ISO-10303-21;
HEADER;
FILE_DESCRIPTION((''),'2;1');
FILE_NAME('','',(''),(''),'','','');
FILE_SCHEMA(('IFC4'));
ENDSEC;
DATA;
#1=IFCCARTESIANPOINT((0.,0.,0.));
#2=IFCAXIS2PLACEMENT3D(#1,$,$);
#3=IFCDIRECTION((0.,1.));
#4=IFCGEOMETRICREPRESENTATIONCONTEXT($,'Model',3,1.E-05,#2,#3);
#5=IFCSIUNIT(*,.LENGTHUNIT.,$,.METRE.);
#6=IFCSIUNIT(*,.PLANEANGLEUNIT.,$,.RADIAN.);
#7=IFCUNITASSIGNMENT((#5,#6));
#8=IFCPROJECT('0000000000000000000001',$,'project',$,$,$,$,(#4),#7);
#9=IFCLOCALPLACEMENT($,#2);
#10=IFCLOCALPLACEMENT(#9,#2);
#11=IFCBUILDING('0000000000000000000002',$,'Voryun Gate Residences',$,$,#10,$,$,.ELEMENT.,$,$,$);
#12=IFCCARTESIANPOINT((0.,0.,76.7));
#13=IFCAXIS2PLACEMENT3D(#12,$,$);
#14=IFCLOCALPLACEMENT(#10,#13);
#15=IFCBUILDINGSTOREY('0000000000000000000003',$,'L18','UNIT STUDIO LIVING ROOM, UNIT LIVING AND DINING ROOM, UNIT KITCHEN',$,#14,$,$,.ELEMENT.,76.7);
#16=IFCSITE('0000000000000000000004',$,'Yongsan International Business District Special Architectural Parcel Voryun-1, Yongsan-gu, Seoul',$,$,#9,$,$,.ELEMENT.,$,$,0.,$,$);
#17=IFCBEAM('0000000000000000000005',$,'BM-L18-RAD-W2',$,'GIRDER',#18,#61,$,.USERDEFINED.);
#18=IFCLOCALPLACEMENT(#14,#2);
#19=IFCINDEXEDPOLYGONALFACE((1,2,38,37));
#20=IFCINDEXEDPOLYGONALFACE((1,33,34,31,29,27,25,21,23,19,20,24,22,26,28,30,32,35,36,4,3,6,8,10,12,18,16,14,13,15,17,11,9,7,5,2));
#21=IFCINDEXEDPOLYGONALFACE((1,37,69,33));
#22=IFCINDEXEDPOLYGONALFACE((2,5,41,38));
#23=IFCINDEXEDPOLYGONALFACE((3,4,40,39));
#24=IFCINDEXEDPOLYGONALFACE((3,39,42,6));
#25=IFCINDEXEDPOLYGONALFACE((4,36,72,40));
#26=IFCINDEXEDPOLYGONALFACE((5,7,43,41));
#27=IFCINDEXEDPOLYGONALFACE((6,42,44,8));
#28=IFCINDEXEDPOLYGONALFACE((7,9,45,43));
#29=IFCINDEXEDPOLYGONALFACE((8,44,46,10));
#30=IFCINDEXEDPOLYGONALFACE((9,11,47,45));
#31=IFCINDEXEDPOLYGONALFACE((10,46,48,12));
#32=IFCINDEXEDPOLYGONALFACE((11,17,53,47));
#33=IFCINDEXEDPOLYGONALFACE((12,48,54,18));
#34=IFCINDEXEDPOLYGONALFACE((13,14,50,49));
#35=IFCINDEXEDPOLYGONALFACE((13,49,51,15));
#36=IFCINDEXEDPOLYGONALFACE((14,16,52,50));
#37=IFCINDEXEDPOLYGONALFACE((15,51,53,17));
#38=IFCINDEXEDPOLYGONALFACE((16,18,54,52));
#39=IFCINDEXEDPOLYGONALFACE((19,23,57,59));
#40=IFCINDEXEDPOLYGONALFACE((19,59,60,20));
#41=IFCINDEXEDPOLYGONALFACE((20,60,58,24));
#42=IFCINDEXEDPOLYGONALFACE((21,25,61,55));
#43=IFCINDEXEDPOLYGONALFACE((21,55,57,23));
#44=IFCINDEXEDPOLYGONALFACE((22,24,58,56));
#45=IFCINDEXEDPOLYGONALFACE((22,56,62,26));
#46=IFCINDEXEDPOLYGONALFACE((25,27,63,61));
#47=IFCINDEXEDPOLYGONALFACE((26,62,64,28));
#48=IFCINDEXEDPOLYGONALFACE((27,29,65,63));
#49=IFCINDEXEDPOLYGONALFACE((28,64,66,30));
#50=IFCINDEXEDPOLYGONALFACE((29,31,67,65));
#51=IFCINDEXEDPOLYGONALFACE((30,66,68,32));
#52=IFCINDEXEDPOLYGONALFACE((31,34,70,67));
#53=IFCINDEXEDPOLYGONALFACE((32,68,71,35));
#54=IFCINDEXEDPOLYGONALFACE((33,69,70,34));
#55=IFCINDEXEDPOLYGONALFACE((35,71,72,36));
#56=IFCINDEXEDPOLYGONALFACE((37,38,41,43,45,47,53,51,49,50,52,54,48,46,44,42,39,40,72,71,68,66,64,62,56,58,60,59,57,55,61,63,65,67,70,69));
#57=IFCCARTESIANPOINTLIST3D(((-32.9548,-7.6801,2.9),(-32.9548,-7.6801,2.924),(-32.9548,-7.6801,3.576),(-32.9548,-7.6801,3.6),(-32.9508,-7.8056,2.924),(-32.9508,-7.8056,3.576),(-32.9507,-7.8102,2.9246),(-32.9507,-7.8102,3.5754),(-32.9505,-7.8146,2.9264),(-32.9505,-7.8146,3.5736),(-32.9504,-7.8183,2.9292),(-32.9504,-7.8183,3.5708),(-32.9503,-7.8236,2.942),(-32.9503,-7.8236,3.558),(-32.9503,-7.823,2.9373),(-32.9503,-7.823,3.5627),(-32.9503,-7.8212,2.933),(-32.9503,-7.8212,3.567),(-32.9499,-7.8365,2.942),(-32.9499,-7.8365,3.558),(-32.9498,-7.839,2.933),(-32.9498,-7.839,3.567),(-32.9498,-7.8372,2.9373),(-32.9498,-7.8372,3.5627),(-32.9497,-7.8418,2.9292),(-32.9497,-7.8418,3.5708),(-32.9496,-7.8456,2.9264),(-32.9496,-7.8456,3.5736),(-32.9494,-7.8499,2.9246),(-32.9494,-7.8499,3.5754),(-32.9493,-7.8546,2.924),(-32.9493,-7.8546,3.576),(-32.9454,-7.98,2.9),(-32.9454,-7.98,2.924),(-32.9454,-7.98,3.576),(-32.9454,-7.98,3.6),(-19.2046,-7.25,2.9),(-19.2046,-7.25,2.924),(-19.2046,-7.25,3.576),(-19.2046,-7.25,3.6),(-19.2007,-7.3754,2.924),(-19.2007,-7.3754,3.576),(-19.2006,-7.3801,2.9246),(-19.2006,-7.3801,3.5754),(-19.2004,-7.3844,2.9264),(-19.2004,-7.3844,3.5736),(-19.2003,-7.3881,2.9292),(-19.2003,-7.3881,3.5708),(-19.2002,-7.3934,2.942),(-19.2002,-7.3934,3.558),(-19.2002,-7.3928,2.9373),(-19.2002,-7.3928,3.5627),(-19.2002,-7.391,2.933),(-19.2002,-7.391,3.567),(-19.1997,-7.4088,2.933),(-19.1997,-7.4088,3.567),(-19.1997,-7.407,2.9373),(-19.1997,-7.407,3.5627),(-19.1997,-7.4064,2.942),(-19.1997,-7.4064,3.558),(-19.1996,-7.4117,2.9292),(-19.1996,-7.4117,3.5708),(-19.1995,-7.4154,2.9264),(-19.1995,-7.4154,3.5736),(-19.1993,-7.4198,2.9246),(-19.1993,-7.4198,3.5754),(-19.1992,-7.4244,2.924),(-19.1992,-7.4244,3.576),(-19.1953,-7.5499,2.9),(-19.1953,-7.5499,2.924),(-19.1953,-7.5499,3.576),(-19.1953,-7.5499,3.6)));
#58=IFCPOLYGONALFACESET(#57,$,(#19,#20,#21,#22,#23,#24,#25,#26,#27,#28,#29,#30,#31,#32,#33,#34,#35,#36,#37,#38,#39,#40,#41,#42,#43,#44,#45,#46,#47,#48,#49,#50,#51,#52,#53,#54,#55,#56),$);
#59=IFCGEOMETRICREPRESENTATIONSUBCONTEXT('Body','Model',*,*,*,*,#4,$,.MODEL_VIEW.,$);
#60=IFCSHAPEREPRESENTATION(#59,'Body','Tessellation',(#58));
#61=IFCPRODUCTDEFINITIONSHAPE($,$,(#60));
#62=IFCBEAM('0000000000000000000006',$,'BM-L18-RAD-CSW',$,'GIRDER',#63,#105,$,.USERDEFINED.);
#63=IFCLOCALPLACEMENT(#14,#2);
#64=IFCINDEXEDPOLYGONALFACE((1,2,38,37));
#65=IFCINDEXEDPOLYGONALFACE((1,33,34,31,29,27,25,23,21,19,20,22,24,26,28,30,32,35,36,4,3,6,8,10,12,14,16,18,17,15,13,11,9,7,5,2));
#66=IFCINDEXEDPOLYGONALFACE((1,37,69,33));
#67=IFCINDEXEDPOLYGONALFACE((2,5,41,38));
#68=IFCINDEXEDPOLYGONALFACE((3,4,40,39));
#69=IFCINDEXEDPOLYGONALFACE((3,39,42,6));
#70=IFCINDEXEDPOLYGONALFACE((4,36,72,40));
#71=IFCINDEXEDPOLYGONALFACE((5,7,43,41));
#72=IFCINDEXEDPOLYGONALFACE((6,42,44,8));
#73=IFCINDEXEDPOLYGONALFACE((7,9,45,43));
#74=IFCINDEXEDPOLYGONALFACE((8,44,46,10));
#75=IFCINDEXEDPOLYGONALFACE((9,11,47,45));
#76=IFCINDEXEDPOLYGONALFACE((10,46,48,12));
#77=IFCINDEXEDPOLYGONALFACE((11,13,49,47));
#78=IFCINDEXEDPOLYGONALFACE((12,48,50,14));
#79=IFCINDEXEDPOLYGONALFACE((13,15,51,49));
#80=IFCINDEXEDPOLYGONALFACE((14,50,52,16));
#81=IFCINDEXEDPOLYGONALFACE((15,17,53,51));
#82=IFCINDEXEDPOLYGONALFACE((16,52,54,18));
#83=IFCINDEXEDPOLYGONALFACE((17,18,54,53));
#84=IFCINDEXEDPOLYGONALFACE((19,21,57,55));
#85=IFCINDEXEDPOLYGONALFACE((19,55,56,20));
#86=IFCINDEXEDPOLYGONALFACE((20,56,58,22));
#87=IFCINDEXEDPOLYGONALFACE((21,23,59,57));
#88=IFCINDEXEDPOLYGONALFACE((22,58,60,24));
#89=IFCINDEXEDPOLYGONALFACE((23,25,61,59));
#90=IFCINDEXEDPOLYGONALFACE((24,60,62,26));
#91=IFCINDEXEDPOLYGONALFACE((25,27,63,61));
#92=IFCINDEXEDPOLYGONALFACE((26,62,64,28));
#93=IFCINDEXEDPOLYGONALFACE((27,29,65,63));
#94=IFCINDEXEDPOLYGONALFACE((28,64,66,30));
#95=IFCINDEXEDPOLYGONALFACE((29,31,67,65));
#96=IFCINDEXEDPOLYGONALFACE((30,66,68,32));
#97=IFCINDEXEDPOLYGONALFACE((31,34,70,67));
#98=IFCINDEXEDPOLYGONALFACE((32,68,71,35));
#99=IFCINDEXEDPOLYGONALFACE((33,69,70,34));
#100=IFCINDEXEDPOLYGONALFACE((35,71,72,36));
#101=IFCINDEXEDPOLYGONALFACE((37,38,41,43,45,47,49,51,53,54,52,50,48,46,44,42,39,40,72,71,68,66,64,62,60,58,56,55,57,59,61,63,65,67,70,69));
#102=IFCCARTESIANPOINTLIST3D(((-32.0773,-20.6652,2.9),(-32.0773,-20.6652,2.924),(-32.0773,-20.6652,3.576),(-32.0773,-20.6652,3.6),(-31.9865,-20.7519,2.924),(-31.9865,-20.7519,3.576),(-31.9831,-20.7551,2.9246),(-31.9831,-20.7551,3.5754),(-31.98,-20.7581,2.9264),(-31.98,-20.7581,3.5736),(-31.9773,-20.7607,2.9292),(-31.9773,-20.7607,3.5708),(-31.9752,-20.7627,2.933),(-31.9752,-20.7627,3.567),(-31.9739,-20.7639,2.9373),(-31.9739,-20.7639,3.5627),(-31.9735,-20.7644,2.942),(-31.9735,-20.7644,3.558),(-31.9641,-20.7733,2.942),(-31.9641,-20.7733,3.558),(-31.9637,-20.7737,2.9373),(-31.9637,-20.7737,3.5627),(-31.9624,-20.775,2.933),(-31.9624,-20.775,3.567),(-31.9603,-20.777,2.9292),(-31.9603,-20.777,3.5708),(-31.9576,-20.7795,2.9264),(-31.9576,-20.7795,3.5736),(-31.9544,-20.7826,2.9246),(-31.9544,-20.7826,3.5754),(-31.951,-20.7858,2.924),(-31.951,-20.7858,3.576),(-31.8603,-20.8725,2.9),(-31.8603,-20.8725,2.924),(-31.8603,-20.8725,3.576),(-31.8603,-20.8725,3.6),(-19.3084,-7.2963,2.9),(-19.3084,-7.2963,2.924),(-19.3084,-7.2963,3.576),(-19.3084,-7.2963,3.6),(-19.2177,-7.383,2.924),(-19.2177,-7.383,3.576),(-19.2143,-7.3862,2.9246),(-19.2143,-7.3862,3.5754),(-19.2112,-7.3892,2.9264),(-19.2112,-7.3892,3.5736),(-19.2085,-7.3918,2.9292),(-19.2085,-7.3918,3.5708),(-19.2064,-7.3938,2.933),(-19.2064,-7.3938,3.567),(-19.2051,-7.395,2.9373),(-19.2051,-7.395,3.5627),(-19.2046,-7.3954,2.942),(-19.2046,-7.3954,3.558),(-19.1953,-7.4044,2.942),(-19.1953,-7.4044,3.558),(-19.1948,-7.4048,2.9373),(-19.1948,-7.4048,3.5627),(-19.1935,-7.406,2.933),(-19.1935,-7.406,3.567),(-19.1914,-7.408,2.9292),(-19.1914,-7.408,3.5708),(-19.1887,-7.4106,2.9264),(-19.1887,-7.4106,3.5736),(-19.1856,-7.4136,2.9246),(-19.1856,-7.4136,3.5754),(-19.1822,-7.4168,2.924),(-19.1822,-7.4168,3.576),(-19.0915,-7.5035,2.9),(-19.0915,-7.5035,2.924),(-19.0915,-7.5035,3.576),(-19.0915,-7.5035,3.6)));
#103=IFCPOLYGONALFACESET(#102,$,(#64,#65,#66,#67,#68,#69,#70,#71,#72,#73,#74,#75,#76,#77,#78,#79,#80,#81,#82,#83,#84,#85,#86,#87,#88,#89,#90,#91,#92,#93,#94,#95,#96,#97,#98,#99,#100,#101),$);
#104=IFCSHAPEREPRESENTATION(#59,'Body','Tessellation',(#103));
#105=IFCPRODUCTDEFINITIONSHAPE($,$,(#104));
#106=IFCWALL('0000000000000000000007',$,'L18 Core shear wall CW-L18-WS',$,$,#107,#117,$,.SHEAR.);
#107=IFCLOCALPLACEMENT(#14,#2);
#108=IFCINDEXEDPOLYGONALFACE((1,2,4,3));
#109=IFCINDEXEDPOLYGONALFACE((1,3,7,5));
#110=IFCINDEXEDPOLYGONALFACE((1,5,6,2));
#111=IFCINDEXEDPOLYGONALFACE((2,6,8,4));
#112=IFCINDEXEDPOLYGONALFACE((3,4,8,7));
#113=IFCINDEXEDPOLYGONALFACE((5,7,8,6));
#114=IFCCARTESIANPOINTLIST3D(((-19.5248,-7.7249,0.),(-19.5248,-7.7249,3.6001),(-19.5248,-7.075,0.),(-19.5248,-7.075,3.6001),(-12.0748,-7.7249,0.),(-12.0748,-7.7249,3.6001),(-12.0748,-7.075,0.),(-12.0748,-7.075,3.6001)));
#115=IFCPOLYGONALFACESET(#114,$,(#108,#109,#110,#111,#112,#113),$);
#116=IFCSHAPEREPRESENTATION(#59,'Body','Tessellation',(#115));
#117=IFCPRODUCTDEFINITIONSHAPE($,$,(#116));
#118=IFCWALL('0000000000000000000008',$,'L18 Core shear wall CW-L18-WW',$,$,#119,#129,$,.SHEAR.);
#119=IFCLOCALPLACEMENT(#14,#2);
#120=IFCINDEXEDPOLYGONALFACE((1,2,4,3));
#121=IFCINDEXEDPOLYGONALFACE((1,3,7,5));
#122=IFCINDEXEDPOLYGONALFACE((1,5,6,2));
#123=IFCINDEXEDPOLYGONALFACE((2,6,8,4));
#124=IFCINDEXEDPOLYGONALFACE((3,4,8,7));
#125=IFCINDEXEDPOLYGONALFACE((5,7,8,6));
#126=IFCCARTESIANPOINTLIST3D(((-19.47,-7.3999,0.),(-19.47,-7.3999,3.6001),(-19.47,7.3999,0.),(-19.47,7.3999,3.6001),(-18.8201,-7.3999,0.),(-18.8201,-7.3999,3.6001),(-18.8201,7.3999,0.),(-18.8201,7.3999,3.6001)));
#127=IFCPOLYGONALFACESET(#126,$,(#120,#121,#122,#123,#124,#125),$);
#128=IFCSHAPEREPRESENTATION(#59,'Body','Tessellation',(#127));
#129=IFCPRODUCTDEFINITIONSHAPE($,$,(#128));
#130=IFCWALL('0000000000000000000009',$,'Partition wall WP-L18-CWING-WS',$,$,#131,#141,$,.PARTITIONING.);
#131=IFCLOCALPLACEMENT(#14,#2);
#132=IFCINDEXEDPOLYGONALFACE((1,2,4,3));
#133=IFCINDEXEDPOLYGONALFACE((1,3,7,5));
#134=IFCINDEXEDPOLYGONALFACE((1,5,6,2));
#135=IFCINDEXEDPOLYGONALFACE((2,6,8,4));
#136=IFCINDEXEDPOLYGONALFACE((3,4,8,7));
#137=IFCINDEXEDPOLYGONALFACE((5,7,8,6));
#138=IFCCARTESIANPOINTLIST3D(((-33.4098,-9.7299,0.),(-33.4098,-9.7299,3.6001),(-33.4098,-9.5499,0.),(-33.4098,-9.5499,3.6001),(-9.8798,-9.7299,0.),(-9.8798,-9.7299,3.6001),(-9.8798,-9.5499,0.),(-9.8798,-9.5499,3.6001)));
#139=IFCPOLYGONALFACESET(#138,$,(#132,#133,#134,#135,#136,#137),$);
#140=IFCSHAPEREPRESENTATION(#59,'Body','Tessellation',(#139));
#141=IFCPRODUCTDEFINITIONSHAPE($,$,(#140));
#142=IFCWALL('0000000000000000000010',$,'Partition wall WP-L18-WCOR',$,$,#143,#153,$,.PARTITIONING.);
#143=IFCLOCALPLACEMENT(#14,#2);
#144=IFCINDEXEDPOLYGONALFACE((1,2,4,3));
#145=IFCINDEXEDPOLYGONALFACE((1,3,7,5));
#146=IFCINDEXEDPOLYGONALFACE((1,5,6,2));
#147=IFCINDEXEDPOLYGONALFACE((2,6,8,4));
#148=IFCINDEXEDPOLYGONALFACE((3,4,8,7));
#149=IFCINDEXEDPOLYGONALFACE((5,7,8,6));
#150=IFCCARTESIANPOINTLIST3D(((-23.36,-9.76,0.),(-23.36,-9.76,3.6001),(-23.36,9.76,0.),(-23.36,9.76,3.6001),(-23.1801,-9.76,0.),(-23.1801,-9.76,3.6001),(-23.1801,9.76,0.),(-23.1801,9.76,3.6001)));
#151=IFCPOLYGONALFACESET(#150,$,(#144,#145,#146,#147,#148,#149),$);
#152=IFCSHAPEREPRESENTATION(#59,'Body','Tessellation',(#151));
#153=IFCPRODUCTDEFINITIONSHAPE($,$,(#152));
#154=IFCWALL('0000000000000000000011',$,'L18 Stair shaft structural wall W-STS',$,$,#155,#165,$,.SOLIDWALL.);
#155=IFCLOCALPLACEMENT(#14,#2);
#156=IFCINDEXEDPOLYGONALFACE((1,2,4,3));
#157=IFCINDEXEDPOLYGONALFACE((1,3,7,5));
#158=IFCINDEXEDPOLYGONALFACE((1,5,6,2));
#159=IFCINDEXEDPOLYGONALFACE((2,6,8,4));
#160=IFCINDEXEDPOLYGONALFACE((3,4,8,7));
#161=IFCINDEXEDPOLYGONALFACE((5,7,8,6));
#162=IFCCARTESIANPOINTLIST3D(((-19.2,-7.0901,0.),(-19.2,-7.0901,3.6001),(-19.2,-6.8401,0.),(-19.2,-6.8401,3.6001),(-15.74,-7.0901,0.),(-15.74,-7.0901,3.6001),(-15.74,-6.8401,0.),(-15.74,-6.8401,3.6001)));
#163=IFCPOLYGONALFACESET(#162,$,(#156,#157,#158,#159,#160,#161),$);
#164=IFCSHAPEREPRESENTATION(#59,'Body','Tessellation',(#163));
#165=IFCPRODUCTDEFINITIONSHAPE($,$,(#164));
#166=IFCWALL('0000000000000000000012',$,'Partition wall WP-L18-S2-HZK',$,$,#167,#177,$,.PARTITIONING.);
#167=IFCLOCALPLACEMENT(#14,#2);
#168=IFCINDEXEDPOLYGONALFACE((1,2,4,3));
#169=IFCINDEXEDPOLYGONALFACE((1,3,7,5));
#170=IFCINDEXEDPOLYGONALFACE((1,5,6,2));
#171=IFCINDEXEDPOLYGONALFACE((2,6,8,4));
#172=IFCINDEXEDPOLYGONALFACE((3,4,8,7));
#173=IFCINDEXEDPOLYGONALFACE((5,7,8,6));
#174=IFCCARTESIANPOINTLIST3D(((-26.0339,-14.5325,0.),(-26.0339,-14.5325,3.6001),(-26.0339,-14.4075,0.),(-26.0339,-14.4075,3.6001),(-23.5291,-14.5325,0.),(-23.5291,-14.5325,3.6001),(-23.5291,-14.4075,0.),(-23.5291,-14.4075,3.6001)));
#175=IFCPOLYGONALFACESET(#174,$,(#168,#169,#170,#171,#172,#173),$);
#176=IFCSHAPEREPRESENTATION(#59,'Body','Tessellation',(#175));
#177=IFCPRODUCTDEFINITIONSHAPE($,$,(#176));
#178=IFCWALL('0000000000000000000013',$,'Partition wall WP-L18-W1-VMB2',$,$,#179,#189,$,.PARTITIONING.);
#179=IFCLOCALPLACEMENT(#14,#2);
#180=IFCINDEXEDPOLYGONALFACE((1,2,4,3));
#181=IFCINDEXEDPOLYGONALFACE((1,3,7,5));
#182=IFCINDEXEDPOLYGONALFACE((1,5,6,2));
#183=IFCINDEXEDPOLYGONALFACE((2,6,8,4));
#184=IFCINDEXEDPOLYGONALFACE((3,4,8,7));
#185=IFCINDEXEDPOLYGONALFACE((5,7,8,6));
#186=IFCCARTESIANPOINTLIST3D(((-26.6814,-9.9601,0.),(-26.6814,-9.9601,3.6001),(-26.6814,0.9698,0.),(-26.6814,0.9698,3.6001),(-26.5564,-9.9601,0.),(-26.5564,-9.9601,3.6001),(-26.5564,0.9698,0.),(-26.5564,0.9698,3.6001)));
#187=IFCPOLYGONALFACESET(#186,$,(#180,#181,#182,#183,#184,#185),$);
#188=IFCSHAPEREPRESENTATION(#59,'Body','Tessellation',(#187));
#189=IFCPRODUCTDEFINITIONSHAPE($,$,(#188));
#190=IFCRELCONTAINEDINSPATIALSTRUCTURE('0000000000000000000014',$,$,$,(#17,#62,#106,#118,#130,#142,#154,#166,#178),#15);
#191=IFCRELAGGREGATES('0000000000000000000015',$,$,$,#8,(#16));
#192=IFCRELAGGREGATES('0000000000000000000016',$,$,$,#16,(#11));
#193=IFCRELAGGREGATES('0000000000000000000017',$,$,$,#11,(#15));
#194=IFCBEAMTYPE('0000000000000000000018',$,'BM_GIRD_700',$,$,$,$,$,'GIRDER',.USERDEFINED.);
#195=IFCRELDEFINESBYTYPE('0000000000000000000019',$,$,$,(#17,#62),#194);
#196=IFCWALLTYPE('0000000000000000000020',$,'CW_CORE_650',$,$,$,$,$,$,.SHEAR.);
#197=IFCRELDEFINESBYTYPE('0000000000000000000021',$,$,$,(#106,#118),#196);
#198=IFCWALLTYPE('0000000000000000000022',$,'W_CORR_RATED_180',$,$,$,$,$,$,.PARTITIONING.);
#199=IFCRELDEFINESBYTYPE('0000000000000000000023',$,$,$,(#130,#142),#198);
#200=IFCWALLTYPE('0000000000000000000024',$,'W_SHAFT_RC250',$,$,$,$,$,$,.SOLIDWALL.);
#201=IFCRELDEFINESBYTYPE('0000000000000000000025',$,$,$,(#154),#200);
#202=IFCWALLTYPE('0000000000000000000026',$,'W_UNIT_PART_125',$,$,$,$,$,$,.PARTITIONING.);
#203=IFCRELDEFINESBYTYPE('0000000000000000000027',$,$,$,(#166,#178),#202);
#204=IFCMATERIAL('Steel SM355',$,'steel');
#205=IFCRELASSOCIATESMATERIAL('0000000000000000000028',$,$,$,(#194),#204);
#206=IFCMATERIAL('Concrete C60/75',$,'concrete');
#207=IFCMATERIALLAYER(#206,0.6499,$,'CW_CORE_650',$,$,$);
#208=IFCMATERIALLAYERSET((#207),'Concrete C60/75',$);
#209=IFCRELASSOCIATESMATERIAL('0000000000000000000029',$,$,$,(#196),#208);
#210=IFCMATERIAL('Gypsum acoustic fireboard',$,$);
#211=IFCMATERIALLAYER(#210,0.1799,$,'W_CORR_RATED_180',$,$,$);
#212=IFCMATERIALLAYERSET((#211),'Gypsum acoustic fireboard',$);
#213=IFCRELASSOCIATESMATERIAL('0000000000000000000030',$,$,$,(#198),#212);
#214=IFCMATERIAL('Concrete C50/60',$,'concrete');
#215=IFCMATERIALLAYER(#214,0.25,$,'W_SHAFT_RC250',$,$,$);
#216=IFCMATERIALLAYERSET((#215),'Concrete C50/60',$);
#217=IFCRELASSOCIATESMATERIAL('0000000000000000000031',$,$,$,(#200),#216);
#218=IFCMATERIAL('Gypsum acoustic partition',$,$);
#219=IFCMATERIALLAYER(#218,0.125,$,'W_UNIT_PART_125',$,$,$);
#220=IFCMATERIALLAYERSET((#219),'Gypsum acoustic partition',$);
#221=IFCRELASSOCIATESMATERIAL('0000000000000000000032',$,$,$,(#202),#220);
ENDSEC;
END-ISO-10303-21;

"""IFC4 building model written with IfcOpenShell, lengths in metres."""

from ifc_helpers import new_model, si_unit, direction, frame, frame_2d, origin, origin_2d, place, context, subcontext, project, spatial, rectangle, i_section, extrude, material, layer, layer_set, material_profile, profile_set, type_object, element, save


model = new_model("IFC4")

# Units and contexts
model_context = context("Model", 3, precision=1e-05, world=origin(), true_north=direction((0.0, 1.0)))
body_context = subcontext(model_context, "Body", "Model", "MODEL_VIEW")
ifc_project = project(units=[si_unit("LENGTHUNIT", "METRE"), si_unit("PLANEANGLEUNIT", "RADIAN")], contexts=[model_context])

# Site, building, storey
site_placement = place(None, origin())
site = spatial("IfcSite", under=ifc_project, at=site_placement, Name="Yongsan International Business District Special Architectural Parcel Voryun-1, Yongsan-gu, Seoul", CompositionType="ELEMENT", RefElevation=0.0)
building_placement = place(site_placement, origin())
building = spatial("IfcBuilding", under=site, at=building_placement, Name="Voryun Gate Residences", CompositionType="ELEMENT")
storey_placement = place(building_placement, frame((0.0, 0.0, 76.7)))
storey = spatial("IfcBuildingStorey", under=building, at=storey_placement, Name="L18", Description="UNIT STUDIO LIVING ROOM, UNIT LIVING AND DINING ROOM, UNIT KITCHEN", CompositionType="ELEMENT", Elevation=76.7)

# Beams
ifc_material_1 = material(Name="Steel SM355", Category="steel")
ifc_material_profile_1 = material_profile(ifc_material_1, i_section(OverallWidth=0.3, OverallDepth=0.7, WebThickness=0.0129, FlangeThickness=0.0239, FilletRadius=0.0181, at=origin_2d()), Name="H-700x300x13x24")
ifc_profile_set_1 = profile_set([ifc_material_profile_1], Name="Steel SM355")
beam_type_1 = type_object("IfcBeamType", Name="BM_GIRD_700", ElementType="GIRDER", PredefinedType="USERDEFINED", material=ifc_profile_set_1)
beam_1_placement = place(storey_placement, frame((-19.2, -7.3999, 3.25), z_axis=(-0.999511, -0.03127, 0.0), x_axis=(0.03127, -0.999511, 0.0)))
element("IfcBeam", 1, at=beam_1_placement, inside=storey, type_object=beam_type_1, Name="BM-L18-RAD-W2", ObjectType="GIRDER", PredefinedType="USERDEFINED", context=body_context, shape_type="SweptSolid", body=[
    extrude(i_section(OverallWidth=0.3, OverallDepth=0.7, WebThickness=0.0129, FlangeThickness=0.0239, FilletRadius=0.0181, at=origin_2d()), origin(), (0.0, 0.0, 1.0), 13.7568),
])
beam_2_placement = place(storey_placement, frame((-19.2, -7.3999, 3.25), z_axis=(-0.69069, -0.723151, 0.0), x_axis=(0.723151, -0.69069, 0.0)))
element("IfcBeam", 2, at=beam_2_placement, inside=storey, type_object=beam_type_1, Name="BM-L18-RAD-CSW", ObjectType="GIRDER", PredefinedType="USERDEFINED", context=body_context, shape_type="SweptSolid", body=[
    extrude(i_section(OverallWidth=0.3, OverallDepth=0.7, WebThickness=0.0129, FlangeThickness=0.0239, FilletRadius=0.0181, at=origin_2d()), origin(), (0.0, 0.0, 1.0), 18.4871),
])

# Walls
ifc_material_2 = material(Name="Concrete C60/75", Category="concrete")
ifc_layer_1 = layer(ifc_material_2, 0.6499, Name="CW_CORE_650")
ifc_layer_set_1 = layer_set([ifc_layer_1], Name="Concrete C60/75")
wall_type_1 = type_object("IfcWallType", Name="CW_CORE_650", PredefinedType="SHEAR", material=ifc_layer_set_1)
wall_1_placement = place(storey_placement, frame((-19.5249, -7.3999, 0.0), z_axis=(0.0, 0.0, 1.0), x_axis=(1.0, 0.0, 0.0)))
element("IfcWall", 3, at=wall_1_placement, inside=storey, type_object=wall_type_1, Name="L18 Core shear wall CW-L18-WS", PredefinedType="SHEAR", context=body_context, shape_type="SweptSolid", body=[
    extrude(rectangle(XDim=7.45, YDim=0.6499, at=frame_2d((3.7251, 0.0))), origin(), (0.0, 0.0, 1.0), 3.6001),
])
wall_2_placement = place(storey_placement, frame((-19.145, -7.3999, 0.0), z_axis=(0.0, 0.0, 1.0), x_axis=(0.0, 1.0, 0.0)))
element("IfcWall", 4, at=wall_2_placement, inside=storey, type_object=wall_type_1, Name="L18 Core shear wall CW-L18-WW", PredefinedType="SHEAR", context=body_context, shape_type="SweptSolid", body=[
    extrude(rectangle(XDim=14.7998, YDim=0.6499, at=frame_2d((7.3999, 0.0))), origin(), (0.0, 0.0, 1.0), 3.6001),
])
ifc_material_3 = material(Name="Gypsum acoustic fireboard")
ifc_layer_2 = layer(ifc_material_3, 0.1799, Name="W_CORR_RATED_180")
ifc_layer_set_2 = layer_set([ifc_layer_2], Name="Gypsum acoustic fireboard")
wall_type_2 = type_object("IfcWallType", Name="W_CORR_RATED_180", PredefinedType="PARTITIONING", material=ifc_layer_set_2)
wall_3_placement = place(storey_placement, frame((-33.4099, -9.6399, 0.0), z_axis=(0.0, 0.0, 1.0), x_axis=(1.0, 0.0, 0.0)))
element("IfcWall", 5, at=wall_3_placement, inside=storey, type_object=wall_type_2, Name="Partition wall WP-L18-CWING-WS", PredefinedType="PARTITIONING", context=body_context, shape_type="SweptSolid", body=[
    extrude(rectangle(XDim=23.53, YDim=0.1799, at=frame_2d((11.7651, 0.0))), origin(), (0.0, 0.0, 1.0), 3.6001),
])

# Walls
wall_4_placement = place(storey_placement, frame((-23.27, -9.76, 0.0), z_axis=(0.0, 0.0, 1.0), x_axis=(0.0, 1.0, 0.0)))
element("IfcWall", 6, at=wall_4_placement, inside=storey, type_object=wall_type_2, Name="Partition wall WP-L18-WCOR", PredefinedType="PARTITIONING", context=body_context, shape_type="SweptSolid", body=[
    extrude(rectangle(XDim=19.52, YDim=0.1799, at=frame_2d((9.76, 0.0))), origin(), (0.0, 0.0, 1.0), 3.6001),
])
ifc_material_4 = material(Name="Concrete C50/60", Category="concrete")
ifc_layer_3 = layer(ifc_material_4, 0.25, Name="W_SHAFT_RC250")
ifc_layer_set_3 = layer_set([ifc_layer_3], Name="Concrete C50/60")
wall_type_3 = type_object("IfcWallType", Name="W_SHAFT_RC250", PredefinedType="SOLIDWALL", material=ifc_layer_set_3)
wall_5_placement = place(storey_placement, frame((-19.2, -6.9651, 0.0), z_axis=(0.0, 0.0, 1.0), x_axis=(1.0, 0.0, 0.0)))
element("IfcWall", 7, at=wall_5_placement, inside=storey, type_object=wall_type_3, Name="L18 Stair shaft structural wall W-STS", PredefinedType="SOLIDWALL", context=body_context, shape_type="SweptSolid", body=[
    extrude(rectangle(XDim=3.46, YDim=0.25, at=frame_2d((1.73, 0.0))), origin(), (0.0, 0.0, 1.0), 3.6001),
])
ifc_material_5 = material(Name="Gypsum acoustic partition")
ifc_layer_4 = layer(ifc_material_5, 0.125, Name="W_UNIT_PART_125")
ifc_layer_set_4 = layer_set([ifc_layer_4], Name="Gypsum acoustic partition")
wall_type_4 = type_object("IfcWallType", Name="W_UNIT_PART_125", PredefinedType="PARTITIONING", material=ifc_layer_set_4)
wall_6_placement = place(storey_placement, frame((-26.0339, -14.47, 0.0), z_axis=(0.0, 0.0, 1.0), x_axis=(1.0, 0.0, 0.0)))
element("IfcWall", 8, at=wall_6_placement, inside=storey, type_object=wall_type_4, Name="Partition wall WP-L18-S2-HZK", PredefinedType="PARTITIONING", context=body_context, shape_type="SweptSolid", body=[
    extrude(rectangle(XDim=2.5049, YDim=0.125, at=frame_2d((1.2524, 0.0))), origin(), (0.0, 0.0, 1.0), 3.6001),
])
for number, where, z_axis, x_axis, name in (
    (9, (-26.6189, -9.96, 0.0), (0.0, 0.0, 1.0), (0.0, 1.0, 0.0), "Partition wall WP-L18-W1-VMB2"),
):
    element("IfcWall", number, at=place(storey_placement, frame(where, z_axis=z_axis, x_axis=x_axis)), inside=storey, type_object=wall_type_4, Name=name, PredefinedType="PARTITIONING", context=body_context, shape_type="SweptSolid", body=[
        extrude(rectangle(XDim=10.9299, YDim=0.125, at=frame_2d((5.4648, 0.0))), origin(), (0.0, 0.0, 1.0), 3.6001),
    ])

save(model, "model.ifc")
